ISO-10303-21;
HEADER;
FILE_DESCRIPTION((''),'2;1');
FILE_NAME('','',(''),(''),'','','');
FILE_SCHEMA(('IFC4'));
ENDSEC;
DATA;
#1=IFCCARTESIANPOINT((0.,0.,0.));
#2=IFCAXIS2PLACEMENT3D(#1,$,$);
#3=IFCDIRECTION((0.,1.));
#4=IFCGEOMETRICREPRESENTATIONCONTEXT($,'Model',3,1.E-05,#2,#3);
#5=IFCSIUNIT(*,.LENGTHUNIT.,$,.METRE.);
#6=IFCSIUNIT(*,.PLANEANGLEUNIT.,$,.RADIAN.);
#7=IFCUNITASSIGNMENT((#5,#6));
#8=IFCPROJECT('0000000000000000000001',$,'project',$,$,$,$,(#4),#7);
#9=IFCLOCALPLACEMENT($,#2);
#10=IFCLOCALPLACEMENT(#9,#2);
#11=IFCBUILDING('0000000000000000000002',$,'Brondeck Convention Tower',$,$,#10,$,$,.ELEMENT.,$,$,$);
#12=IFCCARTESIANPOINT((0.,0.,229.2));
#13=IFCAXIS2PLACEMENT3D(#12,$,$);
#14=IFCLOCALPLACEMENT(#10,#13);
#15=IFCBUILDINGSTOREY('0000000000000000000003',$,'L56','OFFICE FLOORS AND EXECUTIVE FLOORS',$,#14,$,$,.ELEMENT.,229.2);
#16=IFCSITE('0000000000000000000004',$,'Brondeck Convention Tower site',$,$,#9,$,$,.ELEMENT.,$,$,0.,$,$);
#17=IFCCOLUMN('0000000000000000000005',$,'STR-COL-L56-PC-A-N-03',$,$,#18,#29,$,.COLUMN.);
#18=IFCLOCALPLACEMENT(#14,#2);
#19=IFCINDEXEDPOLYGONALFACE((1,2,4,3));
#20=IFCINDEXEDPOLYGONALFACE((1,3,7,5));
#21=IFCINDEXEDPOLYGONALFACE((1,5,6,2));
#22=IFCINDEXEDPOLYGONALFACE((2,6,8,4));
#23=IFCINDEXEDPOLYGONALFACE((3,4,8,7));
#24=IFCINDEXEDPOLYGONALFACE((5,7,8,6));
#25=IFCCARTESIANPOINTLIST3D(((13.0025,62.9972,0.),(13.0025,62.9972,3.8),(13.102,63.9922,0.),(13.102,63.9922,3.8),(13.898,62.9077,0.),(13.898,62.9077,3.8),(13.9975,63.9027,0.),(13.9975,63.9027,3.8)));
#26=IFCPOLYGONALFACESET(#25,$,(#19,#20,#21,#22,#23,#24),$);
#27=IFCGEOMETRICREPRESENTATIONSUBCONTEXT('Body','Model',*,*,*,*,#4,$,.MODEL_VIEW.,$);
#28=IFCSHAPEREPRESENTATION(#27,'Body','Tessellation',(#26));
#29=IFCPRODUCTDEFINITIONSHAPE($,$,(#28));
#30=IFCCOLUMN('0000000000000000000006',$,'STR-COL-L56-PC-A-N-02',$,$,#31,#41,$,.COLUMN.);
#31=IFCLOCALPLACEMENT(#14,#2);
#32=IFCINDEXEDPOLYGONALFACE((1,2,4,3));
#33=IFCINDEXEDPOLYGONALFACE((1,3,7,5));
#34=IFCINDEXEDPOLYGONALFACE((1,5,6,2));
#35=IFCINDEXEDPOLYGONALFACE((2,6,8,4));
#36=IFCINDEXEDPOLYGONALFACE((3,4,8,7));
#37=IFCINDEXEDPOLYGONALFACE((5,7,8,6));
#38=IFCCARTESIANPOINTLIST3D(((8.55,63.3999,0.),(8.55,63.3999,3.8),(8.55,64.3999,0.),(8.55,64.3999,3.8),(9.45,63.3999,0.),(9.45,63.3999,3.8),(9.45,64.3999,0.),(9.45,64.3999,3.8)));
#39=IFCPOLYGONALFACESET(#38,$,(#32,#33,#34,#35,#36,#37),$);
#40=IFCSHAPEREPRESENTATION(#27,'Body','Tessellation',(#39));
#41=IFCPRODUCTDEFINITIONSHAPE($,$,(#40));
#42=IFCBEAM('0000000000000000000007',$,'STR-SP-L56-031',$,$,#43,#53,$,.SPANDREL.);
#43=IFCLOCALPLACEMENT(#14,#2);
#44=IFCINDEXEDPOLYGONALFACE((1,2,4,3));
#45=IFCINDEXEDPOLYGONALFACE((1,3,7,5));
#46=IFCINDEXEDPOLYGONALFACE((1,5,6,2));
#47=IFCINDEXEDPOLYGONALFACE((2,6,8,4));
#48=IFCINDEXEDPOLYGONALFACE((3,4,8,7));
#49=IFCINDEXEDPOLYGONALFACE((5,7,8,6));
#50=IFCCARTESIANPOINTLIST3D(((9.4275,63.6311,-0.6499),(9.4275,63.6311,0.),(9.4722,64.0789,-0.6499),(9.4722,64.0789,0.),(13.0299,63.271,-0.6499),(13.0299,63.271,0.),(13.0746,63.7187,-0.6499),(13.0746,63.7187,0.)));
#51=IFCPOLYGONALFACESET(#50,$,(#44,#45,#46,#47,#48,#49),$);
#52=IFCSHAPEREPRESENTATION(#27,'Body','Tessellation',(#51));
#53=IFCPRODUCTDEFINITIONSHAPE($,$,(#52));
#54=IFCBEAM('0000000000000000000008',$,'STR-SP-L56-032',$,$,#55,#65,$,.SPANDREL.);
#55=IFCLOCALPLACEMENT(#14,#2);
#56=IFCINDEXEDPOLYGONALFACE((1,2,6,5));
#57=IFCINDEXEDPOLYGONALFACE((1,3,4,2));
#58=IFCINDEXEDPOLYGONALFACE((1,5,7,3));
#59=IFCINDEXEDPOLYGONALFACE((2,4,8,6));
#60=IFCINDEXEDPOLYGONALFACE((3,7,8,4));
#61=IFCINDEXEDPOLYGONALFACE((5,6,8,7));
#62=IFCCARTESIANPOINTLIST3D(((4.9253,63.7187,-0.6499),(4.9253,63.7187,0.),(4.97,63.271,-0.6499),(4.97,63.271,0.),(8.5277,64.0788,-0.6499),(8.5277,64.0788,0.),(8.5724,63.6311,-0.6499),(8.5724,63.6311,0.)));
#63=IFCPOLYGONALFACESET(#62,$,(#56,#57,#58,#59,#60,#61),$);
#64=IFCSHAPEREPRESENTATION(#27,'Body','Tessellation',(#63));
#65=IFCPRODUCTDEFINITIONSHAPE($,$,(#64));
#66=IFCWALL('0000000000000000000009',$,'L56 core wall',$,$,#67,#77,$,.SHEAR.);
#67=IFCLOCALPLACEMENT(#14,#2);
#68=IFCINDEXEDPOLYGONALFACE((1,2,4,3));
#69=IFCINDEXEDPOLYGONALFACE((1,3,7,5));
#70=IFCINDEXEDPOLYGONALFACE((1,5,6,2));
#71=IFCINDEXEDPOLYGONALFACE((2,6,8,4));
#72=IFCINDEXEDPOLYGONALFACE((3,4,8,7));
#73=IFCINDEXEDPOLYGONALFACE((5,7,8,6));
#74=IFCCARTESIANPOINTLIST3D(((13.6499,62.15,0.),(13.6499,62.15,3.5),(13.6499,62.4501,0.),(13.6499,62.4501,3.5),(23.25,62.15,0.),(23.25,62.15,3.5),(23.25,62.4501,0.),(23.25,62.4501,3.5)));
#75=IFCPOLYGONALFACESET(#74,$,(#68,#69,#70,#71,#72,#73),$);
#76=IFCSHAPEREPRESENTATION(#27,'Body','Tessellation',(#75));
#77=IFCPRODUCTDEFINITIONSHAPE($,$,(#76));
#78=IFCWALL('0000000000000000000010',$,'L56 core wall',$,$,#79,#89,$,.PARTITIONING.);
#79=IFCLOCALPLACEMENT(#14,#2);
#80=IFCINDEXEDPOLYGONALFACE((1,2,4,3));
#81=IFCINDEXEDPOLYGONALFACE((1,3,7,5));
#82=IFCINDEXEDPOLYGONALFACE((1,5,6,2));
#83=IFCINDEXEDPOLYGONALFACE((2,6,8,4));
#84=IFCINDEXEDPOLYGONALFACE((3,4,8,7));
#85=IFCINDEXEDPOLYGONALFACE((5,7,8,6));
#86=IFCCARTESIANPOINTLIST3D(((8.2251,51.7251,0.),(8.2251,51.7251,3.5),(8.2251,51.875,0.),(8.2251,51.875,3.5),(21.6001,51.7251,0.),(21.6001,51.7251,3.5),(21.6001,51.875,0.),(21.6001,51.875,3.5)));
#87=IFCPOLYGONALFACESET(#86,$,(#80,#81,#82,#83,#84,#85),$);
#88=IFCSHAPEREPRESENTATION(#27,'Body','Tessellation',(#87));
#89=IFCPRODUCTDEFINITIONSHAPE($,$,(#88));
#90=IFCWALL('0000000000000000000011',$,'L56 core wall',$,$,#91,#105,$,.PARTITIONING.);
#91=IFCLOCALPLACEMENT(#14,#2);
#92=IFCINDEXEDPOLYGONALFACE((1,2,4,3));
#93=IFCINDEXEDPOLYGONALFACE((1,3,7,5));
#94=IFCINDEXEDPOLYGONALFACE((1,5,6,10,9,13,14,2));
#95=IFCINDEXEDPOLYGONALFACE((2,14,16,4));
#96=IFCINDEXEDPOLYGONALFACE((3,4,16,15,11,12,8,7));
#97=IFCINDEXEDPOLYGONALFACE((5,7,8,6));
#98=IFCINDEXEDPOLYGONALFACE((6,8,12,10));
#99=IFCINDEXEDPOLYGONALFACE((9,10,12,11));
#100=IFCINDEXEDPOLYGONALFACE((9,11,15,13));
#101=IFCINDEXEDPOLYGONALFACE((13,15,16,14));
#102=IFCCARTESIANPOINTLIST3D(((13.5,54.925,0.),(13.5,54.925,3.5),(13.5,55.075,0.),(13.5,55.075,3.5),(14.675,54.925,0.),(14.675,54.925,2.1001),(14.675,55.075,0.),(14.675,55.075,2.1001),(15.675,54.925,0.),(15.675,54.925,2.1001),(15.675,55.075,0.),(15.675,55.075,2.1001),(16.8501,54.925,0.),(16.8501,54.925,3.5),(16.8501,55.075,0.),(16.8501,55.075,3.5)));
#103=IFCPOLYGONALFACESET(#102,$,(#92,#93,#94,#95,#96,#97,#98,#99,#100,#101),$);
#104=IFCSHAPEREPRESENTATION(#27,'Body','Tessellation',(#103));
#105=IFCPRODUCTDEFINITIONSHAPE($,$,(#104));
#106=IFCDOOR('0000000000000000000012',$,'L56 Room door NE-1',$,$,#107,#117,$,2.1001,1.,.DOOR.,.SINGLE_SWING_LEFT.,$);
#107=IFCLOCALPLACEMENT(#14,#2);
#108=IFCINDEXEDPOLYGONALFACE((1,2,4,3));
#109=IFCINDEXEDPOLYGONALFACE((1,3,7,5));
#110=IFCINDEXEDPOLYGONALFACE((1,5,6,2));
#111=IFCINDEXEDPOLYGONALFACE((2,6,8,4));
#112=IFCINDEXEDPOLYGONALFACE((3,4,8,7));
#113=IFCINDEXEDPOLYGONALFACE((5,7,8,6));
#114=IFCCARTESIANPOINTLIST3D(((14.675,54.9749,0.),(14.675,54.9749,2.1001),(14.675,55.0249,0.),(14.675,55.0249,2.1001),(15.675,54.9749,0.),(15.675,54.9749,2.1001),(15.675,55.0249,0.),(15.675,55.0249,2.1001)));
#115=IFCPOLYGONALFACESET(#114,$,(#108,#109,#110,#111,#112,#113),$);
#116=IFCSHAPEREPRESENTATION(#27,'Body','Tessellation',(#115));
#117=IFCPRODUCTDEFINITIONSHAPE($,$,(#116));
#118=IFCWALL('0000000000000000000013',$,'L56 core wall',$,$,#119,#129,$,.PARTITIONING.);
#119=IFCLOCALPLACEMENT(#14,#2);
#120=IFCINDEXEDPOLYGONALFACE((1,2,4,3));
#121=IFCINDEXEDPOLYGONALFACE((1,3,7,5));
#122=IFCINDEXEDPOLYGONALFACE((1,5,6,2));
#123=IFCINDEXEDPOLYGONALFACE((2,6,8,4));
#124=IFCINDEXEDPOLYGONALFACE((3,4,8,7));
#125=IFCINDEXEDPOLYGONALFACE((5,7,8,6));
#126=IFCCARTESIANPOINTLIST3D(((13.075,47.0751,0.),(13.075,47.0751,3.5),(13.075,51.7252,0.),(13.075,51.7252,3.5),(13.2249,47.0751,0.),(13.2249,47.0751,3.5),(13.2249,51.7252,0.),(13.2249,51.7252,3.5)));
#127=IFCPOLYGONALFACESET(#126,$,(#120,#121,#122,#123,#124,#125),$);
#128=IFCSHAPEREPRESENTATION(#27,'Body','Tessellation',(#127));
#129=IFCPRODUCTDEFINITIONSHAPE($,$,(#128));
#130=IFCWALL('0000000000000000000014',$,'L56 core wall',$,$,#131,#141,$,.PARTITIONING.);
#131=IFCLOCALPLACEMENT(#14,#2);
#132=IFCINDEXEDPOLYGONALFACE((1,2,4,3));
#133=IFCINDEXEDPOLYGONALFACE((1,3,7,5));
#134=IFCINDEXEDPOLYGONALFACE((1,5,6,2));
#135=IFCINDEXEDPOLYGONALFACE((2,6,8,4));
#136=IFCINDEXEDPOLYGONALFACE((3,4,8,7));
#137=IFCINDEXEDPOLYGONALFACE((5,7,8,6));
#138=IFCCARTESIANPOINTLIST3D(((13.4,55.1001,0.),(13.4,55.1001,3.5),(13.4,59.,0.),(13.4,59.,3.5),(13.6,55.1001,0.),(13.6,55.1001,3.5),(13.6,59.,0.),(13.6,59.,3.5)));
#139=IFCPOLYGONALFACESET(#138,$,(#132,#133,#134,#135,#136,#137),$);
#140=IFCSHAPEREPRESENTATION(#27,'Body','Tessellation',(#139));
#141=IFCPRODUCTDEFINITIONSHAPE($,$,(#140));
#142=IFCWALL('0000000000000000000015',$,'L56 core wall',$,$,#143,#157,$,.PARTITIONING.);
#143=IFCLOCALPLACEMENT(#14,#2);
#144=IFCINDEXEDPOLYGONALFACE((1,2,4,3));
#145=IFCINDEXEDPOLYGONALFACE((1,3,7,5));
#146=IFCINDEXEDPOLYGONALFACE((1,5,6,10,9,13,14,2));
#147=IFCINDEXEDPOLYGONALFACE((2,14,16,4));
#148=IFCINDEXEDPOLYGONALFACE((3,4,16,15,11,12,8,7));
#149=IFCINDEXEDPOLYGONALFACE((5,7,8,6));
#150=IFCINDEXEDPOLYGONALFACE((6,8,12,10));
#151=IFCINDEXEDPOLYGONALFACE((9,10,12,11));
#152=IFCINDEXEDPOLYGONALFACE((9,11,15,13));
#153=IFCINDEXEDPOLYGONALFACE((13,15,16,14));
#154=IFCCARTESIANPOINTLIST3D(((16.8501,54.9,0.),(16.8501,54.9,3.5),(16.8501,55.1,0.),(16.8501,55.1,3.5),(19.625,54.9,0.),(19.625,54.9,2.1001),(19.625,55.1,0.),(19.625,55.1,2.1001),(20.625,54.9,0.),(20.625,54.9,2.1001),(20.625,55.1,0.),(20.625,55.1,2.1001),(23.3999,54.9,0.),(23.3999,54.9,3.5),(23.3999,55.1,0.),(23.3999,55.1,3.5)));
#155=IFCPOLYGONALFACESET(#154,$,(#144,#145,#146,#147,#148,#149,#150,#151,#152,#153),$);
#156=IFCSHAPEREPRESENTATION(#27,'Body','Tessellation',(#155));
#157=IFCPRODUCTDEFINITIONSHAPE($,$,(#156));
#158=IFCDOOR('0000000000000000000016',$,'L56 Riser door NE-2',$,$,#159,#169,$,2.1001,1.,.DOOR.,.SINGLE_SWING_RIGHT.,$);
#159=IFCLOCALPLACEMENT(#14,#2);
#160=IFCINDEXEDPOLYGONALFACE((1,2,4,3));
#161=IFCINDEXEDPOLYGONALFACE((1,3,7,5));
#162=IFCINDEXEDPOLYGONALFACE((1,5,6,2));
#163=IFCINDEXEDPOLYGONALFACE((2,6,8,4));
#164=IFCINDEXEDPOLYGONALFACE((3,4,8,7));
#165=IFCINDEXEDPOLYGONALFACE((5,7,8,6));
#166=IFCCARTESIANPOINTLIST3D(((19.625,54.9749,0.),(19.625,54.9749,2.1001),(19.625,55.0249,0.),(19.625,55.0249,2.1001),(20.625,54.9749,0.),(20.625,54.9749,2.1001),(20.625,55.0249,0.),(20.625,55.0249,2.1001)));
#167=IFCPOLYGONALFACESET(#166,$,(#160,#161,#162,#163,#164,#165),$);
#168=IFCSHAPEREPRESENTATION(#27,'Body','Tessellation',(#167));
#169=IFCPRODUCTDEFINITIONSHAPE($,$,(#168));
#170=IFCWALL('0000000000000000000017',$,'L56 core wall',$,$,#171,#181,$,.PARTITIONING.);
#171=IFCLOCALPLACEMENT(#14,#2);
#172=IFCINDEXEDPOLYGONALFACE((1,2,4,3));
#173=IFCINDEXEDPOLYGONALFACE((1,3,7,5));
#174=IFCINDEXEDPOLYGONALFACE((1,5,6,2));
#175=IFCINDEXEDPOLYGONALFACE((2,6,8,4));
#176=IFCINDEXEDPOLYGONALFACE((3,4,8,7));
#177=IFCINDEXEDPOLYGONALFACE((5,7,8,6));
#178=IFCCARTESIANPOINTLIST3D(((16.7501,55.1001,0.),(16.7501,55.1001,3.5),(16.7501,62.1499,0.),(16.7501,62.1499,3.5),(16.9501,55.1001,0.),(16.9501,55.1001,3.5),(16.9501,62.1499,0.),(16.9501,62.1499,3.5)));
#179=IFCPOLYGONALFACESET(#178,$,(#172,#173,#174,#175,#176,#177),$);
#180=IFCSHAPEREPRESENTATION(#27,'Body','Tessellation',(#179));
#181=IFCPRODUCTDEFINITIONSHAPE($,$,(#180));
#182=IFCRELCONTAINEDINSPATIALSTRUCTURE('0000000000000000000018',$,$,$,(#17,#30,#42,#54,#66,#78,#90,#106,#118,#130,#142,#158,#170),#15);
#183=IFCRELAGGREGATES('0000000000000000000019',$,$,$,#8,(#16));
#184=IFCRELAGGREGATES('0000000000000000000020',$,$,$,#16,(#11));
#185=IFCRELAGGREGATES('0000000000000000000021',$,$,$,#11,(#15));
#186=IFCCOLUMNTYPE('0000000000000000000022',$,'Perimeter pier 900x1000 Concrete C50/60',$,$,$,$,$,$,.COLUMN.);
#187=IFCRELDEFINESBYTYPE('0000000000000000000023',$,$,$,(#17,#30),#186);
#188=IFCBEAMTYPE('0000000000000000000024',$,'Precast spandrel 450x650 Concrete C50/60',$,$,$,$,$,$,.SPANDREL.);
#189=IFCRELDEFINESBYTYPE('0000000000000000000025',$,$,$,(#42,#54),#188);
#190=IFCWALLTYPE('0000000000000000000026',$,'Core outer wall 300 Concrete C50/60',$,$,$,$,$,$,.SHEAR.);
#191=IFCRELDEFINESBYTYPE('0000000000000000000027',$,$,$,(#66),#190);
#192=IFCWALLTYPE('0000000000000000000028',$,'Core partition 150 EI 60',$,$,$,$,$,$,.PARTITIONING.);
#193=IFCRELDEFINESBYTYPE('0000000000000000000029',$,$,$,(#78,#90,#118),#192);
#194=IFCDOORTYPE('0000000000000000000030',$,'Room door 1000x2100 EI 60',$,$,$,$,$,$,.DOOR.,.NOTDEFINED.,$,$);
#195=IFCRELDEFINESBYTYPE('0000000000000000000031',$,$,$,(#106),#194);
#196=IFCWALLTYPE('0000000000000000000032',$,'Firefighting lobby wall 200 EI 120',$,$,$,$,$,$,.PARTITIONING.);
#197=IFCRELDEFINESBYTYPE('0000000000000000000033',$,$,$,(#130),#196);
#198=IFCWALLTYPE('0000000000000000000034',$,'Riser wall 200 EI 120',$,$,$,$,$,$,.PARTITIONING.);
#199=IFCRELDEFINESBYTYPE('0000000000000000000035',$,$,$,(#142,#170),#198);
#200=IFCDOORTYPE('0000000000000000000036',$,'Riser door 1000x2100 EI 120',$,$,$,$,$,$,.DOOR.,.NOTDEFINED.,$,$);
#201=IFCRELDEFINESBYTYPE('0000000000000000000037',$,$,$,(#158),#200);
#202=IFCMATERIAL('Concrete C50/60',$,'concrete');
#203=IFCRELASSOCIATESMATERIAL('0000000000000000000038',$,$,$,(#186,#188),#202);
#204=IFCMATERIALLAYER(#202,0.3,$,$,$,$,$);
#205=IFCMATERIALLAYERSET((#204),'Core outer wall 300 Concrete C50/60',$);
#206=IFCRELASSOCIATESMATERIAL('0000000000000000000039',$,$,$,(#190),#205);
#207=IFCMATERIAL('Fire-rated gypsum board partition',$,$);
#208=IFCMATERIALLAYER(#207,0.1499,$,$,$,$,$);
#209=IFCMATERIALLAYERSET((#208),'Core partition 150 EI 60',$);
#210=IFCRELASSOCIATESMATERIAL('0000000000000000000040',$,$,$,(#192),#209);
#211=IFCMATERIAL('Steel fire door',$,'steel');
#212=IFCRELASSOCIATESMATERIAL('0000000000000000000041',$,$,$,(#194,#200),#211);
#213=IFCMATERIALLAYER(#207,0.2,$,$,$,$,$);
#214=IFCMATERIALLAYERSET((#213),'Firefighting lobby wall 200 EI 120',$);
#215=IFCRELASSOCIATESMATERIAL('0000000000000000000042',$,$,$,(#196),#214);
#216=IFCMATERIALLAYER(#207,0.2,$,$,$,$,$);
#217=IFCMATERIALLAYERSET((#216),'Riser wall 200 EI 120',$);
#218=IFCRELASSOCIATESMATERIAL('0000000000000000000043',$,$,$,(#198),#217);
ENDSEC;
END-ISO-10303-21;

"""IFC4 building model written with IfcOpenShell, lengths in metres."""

from ifc_helpers import new_model, si_unit, direction, frame, frame_2d, origin, origin_2d, place, context, subcontext, project, spatial, rectangle, extrude, material, layer, layer_set, material_profile, profile_set, type_object, element, fill, save


model = new_model("IFC4")

# Units and contexts
model_context = context("Model", 3, precision=1e-05, world=origin(), true_north=direction((0.0, 1.0)))
body_context = subcontext(model_context, "Body", "Model", "MODEL_VIEW")
ifc_project = project(units=[si_unit("LENGTHUNIT", "METRE"), si_unit("PLANEANGLEUNIT", "RADIAN")], contexts=[model_context])

# Site, building, storey
site_placement = place(None, origin())
site = spatial("IfcSite", under=ifc_project, at=site_placement, Name="Brondeck Convention Tower site", CompositionType="ELEMENT", RefElevation=0.0)
building_placement = place(site_placement, origin())
building = spatial("IfcBuilding", under=site, at=building_placement, Name="Brondeck Convention Tower", CompositionType="ELEMENT")
storey_placement = place(building_placement, frame((0.0, 0.0, 229.2)))
storey = spatial("IfcBuildingStorey", under=building, at=storey_placement, Name="L56", Description="OFFICE FLOORS AND EXECUTIVE FLOORS", CompositionType="ELEMENT", Elevation=229.2)

# Columns
ifc_material_1 = material(Name="Concrete C50/60", Category="concrete")
ifc_material_profile_1 = material_profile(ifc_material_1, rectangle(XDim=0.8999, YDim=1.0, at=origin_2d()), Name="Perimeter pier 900x1000 Concrete C50/60")
ifc_profile_set_1 = profile_set([ifc_material_profile_1], Name="Concrete C50/60")
column_type = type_object("IfcColumnType", Name="Perimeter pier 900x1000 Concrete C50/60", PredefinedType="COLUMN", material=ifc_profile_set_1)
for number, where, z_axis, x_axis, name in (
    (1, (13.5, 63.45, 0.0), (0.0, 0.0, 1.0), (-0.995037, 0.099504, 0.0), "STR-COL-L56-PC-A-N-03"),
    (2, (9.0, 63.8999, 0.0), (0.0, 0.0, 1.0), (-1.0, 0.0, 0.0), "STR-COL-L56-PC-A-N-02"),
):
    element("IfcColumn", number, at=place(storey_placement, frame(where, z_axis=z_axis, x_axis=x_axis)), inside=storey, type_object=column_type, Name=name, PredefinedType="COLUMN", context=body_context, shape_type="SweptSolid", body=[
        extrude(rectangle(XDim=0.8999, YDim=1.0, at=origin_2d()), origin(), (0.0, 0.0, 1.0), 3.8),
    ])

# Beams
ifc_material_profile_2 = material_profile(ifc_material_1, rectangle(XDim=0.45, YDim=0.6499, at=origin_2d()), Name="Precast spandrel 450x650 Concrete C50/60")
ifc_profile_set_2 = profile_set([ifc_material_profile_2], Name="Concrete C50/60")
beam_type = type_object("IfcBeamType", Name="Precast spandrel 450x650 Concrete C50/60", PredefinedType="SPANDREL", material=ifc_profile_set_2)
for number, where, z_axis, x_axis, name in (
    (3, (13.0522, 63.4949, -0.325), (-0.995041, 0.09947, 0.0), (-0.09947, -0.995041, 0.0), "STR-SP-L56-031"),
    (4, (8.55, 63.855, -0.325), (-0.995041, -0.09947, 0.0), (0.09947, -0.995041, 0.0), "STR-SP-L56-032"),
):
    element("IfcBeam", number, at=place(storey_placement, frame(where, z_axis=z_axis, x_axis=x_axis)), inside=storey, type_object=beam_type, Name=name, PredefinedType="SPANDREL", context=body_context, shape_type="SweptSolid", body=[
        extrude(rectangle(XDim=0.45, YDim=0.6499, at=origin_2d()), origin(), (0.0, 0.0, 1.0), 3.6204),
    ])

# Walls
ifc_layer_1 = layer(ifc_material_1, 0.3)
ifc_layer_set_1 = layer_set([ifc_layer_1], Name="Core outer wall 300 Concrete C50/60")
wall_type_1 = type_object("IfcWallType", Name="Core outer wall 300 Concrete C50/60", PredefinedType="SHEAR", material=ifc_layer_set_1)
wall_1_placement = place(storey_placement, frame((13.6499, 62.3, 0.0), z_axis=(0.0, 0.0, 1.0), x_axis=(1.0, 0.0, 0.0)))
element("IfcWall", 5, at=wall_1_placement, inside=storey, type_object=wall_type_1, Name="L56 core wall", PredefinedType="SHEAR", context=body_context, shape_type="SweptSolid", body=[
    extrude(rectangle(XDim=9.6001, YDim=0.3, at=frame_2d((4.8, 0.0))), origin(), (0.0, 0.0, 1.0), 3.5),
])
ifc_material_2 = material(Name="Fire-rated gypsum board partition")
ifc_layer_2 = layer(ifc_material_2, 0.1499)
ifc_layer_set_2 = layer_set([ifc_layer_2], Name="Core partition 150 EI 60")
wall_type_2 = type_object("IfcWallType", Name="Core partition 150 EI 60", PredefinedType="PARTITIONING", material=ifc_layer_set_2)
wall_2_placement = place(storey_placement, frame((8.2251, 51.8, 0.0), z_axis=(0.0, 0.0, 1.0), x_axis=(1.0, 0.0, 0.0)))
element("IfcWall", 6, at=wall_2_placement, inside=storey, type_object=wall_type_2, Name="L56 core wall", PredefinedType="PARTITIONING", context=body_context, shape_type="SweptSolid", body=[
    extrude(rectangle(XDim=13.375, YDim=0.1499, at=frame_2d((6.6875, 0.0))), origin(), (0.0, 0.0, 1.0), 3.5),
])

# Wall, opening, door
wall_3_placement = place(storey_placement, frame((13.5, 55.0, 0.0), z_axis=(0.0, 0.0, 1.0), x_axis=(1.0, 0.0, 0.0)))
wall_3 = element("IfcWall", 7, at=wall_3_placement, inside=storey, type_object=wall_type_2, Name="L56 core wall", PredefinedType="PARTITIONING", context=body_context, shape_type="SweptSolid", body=[
    extrude(rectangle(XDim=3.3501, YDim=0.1499, at=frame_2d((1.675, 0.0))), origin(), (0.0, 0.0, 1.0), 3.5),
])
opening_1_placement = place(wall_3_placement, frame((1.175, 0.0, 0.0)))
opening_1 = element("IfcOpeningElement", 8, at=opening_1_placement, cuts=wall_3, PredefinedType="OPENING", context=body_context, shape_type="SweptSolid", body=[
    extrude(rectangle(XDim=1.0, YDim=2.1001, at=frame_2d((0.5, 1.05))), frame((0.0, 0.085, 0.0), z_axis=(0.0, -1.0, 0.0), x_axis=(1.0, 0.0, 0.0)), (0.0, 0.0, 1.0), 0.1699),
])
ifc_material_3 = material(Name="Steel fire door", Category="steel")
door_type_1 = type_object("IfcDoorType", Name="Room door 1000x2100 EI 60", OperationType="NOTDEFINED", PredefinedType="DOOR", material=ifc_material_3)
door_1_placement = place(opening_1_placement, origin())
door_1 = element("IfcDoor", 9, at=door_1_placement, inside=storey, type_object=door_type_1, Name="L56 Room door NE-1", OperationType="SINGLE_SWING_LEFT", OverallHeight=2.1001, OverallWidth=1.0, PredefinedType="DOOR", context=body_context, shape_type="SweptSolid", body=[
    extrude(rectangle(XDim=1.0, YDim=2.1001, at=frame_2d((0.5, 1.05))), frame((0.0, 0.0249, 0.0), z_axis=(0.0, -1.0, 0.0), x_axis=(1.0, 0.0, 0.0)), (0.0, 0.0, 1.0), 0.05),
])
fill(opening_1, door_1)

# Walls
wall_4_placement = place(storey_placement, frame((13.1499, 47.075, 0.0), z_axis=(0.0, 0.0, 1.0), x_axis=(0.0, 1.0, 0.0)))
element("IfcWall", 10, at=wall_4_placement, inside=storey, type_object=wall_type_2, Name="L56 core wall", PredefinedType="PARTITIONING", context=body_context, shape_type="SweptSolid", body=[
    extrude(rectangle(XDim=4.6501, YDim=0.1499, at=frame_2d((2.3252, 0.0))), origin(), (0.0, 0.0, 1.0), 3.5),
])
ifc_layer_3 = layer(ifc_material_2, 0.2)
ifc_layer_set_3 = layer_set([ifc_layer_3], Name="Firefighting lobby wall 200 EI 120")
wall_type_3 = type_object("IfcWallType", Name="Firefighting lobby wall 200 EI 120", PredefinedType="PARTITIONING", material=ifc_layer_set_3)
wall_5_placement = place(storey_placement, frame((13.5, 55.1001, 0.0), z_axis=(0.0, 0.0, 1.0), x_axis=(0.0, 1.0, 0.0)))
element("IfcWall", 11, at=wall_5_placement, inside=storey, type_object=wall_type_3, Name="L56 core wall", PredefinedType="PARTITIONING", context=body_context, shape_type="SweptSolid", body=[
    extrude(rectangle(XDim=3.8999, YDim=0.2, at=frame_2d((1.95, 0.0))), origin(), (0.0, 0.0, 1.0), 3.5),
])

# Wall, opening, door
ifc_layer_4 = layer(ifc_material_2, 0.2)
ifc_layer_set_4 = layer_set([ifc_layer_4], Name="Riser wall 200 EI 120")
wall_type_4 = type_object("IfcWallType", Name="Riser wall 200 EI 120", PredefinedType="PARTITIONING", material=ifc_layer_set_4)
wall_6_placement = place(storey_placement, frame((16.8501, 55.0, 0.0), z_axis=(0.0, 0.0, 1.0), x_axis=(1.0, 0.0, 0.0)))
wall_6 = element("IfcWall", 12, at=wall_6_placement, inside=storey, type_object=wall_type_4, Name="L56 core wall", PredefinedType="PARTITIONING", context=body_context, shape_type="SweptSolid", body=[
    extrude(rectangle(XDim=6.5498, YDim=0.2, at=frame_2d((3.2749, 0.0))), origin(), (0.0, 0.0, 1.0), 3.5),
])
opening_2_placement = place(wall_6_placement, frame((2.7749, 0.0, 0.0)))
opening_2 = element("IfcOpeningElement", 13, at=opening_2_placement, cuts=wall_6, PredefinedType="OPENING", context=body_context, shape_type="SweptSolid", body=[
    extrude(rectangle(XDim=1.0, YDim=2.1001, at=frame_2d((0.5, 1.05))), frame((0.0, 0.1099, 0.0), z_axis=(0.0, -1.0, 0.0), x_axis=(1.0, 0.0, 0.0)), (0.0, 0.0, 1.0), 0.22),
])
door_type_2 = type_object("IfcDoorType", Name="Riser door 1000x2100 EI 120", OperationType="NOTDEFINED", PredefinedType="DOOR", material=ifc_material_3)
door_2_placement = place(opening_2_placement, origin())
door_2 = element("IfcDoor", 14, at=door_2_placement, inside=storey, type_object=door_type_2, Name="L56 Riser door NE-2", OperationType="SINGLE_SWING_RIGHT", OverallHeight=2.1001, OverallWidth=1.0, PredefinedType="DOOR", context=body_context, shape_type="SweptSolid", body=[
    extrude(rectangle(XDim=1.0, YDim=2.1001, at=frame_2d((0.5, 1.05))), frame((0.0, 0.0249, 0.0), z_axis=(0.0, -1.0, 0.0), x_axis=(1.0, 0.0, 0.0)), (0.0, 0.0, 1.0), 0.05),
])
fill(opening_2, door_2)

# Wall
wall_7_placement = place(storey_placement, frame((16.8501, 55.1001, 0.0), z_axis=(0.0, 0.0, 1.0), x_axis=(0.0, 1.0, 0.0)))
element("IfcWall", 15, at=wall_7_placement, inside=storey, type_object=wall_type_4, Name="L56 core wall", PredefinedType="PARTITIONING", context=body_context, shape_type="SweptSolid", body=[
    extrude(rectangle(XDim=7.0498, YDim=0.2, at=frame_2d((3.5249, 0.0))), origin(), (0.0, 0.0, 1.0), 3.5),
])

save(model, "model.ifc")
